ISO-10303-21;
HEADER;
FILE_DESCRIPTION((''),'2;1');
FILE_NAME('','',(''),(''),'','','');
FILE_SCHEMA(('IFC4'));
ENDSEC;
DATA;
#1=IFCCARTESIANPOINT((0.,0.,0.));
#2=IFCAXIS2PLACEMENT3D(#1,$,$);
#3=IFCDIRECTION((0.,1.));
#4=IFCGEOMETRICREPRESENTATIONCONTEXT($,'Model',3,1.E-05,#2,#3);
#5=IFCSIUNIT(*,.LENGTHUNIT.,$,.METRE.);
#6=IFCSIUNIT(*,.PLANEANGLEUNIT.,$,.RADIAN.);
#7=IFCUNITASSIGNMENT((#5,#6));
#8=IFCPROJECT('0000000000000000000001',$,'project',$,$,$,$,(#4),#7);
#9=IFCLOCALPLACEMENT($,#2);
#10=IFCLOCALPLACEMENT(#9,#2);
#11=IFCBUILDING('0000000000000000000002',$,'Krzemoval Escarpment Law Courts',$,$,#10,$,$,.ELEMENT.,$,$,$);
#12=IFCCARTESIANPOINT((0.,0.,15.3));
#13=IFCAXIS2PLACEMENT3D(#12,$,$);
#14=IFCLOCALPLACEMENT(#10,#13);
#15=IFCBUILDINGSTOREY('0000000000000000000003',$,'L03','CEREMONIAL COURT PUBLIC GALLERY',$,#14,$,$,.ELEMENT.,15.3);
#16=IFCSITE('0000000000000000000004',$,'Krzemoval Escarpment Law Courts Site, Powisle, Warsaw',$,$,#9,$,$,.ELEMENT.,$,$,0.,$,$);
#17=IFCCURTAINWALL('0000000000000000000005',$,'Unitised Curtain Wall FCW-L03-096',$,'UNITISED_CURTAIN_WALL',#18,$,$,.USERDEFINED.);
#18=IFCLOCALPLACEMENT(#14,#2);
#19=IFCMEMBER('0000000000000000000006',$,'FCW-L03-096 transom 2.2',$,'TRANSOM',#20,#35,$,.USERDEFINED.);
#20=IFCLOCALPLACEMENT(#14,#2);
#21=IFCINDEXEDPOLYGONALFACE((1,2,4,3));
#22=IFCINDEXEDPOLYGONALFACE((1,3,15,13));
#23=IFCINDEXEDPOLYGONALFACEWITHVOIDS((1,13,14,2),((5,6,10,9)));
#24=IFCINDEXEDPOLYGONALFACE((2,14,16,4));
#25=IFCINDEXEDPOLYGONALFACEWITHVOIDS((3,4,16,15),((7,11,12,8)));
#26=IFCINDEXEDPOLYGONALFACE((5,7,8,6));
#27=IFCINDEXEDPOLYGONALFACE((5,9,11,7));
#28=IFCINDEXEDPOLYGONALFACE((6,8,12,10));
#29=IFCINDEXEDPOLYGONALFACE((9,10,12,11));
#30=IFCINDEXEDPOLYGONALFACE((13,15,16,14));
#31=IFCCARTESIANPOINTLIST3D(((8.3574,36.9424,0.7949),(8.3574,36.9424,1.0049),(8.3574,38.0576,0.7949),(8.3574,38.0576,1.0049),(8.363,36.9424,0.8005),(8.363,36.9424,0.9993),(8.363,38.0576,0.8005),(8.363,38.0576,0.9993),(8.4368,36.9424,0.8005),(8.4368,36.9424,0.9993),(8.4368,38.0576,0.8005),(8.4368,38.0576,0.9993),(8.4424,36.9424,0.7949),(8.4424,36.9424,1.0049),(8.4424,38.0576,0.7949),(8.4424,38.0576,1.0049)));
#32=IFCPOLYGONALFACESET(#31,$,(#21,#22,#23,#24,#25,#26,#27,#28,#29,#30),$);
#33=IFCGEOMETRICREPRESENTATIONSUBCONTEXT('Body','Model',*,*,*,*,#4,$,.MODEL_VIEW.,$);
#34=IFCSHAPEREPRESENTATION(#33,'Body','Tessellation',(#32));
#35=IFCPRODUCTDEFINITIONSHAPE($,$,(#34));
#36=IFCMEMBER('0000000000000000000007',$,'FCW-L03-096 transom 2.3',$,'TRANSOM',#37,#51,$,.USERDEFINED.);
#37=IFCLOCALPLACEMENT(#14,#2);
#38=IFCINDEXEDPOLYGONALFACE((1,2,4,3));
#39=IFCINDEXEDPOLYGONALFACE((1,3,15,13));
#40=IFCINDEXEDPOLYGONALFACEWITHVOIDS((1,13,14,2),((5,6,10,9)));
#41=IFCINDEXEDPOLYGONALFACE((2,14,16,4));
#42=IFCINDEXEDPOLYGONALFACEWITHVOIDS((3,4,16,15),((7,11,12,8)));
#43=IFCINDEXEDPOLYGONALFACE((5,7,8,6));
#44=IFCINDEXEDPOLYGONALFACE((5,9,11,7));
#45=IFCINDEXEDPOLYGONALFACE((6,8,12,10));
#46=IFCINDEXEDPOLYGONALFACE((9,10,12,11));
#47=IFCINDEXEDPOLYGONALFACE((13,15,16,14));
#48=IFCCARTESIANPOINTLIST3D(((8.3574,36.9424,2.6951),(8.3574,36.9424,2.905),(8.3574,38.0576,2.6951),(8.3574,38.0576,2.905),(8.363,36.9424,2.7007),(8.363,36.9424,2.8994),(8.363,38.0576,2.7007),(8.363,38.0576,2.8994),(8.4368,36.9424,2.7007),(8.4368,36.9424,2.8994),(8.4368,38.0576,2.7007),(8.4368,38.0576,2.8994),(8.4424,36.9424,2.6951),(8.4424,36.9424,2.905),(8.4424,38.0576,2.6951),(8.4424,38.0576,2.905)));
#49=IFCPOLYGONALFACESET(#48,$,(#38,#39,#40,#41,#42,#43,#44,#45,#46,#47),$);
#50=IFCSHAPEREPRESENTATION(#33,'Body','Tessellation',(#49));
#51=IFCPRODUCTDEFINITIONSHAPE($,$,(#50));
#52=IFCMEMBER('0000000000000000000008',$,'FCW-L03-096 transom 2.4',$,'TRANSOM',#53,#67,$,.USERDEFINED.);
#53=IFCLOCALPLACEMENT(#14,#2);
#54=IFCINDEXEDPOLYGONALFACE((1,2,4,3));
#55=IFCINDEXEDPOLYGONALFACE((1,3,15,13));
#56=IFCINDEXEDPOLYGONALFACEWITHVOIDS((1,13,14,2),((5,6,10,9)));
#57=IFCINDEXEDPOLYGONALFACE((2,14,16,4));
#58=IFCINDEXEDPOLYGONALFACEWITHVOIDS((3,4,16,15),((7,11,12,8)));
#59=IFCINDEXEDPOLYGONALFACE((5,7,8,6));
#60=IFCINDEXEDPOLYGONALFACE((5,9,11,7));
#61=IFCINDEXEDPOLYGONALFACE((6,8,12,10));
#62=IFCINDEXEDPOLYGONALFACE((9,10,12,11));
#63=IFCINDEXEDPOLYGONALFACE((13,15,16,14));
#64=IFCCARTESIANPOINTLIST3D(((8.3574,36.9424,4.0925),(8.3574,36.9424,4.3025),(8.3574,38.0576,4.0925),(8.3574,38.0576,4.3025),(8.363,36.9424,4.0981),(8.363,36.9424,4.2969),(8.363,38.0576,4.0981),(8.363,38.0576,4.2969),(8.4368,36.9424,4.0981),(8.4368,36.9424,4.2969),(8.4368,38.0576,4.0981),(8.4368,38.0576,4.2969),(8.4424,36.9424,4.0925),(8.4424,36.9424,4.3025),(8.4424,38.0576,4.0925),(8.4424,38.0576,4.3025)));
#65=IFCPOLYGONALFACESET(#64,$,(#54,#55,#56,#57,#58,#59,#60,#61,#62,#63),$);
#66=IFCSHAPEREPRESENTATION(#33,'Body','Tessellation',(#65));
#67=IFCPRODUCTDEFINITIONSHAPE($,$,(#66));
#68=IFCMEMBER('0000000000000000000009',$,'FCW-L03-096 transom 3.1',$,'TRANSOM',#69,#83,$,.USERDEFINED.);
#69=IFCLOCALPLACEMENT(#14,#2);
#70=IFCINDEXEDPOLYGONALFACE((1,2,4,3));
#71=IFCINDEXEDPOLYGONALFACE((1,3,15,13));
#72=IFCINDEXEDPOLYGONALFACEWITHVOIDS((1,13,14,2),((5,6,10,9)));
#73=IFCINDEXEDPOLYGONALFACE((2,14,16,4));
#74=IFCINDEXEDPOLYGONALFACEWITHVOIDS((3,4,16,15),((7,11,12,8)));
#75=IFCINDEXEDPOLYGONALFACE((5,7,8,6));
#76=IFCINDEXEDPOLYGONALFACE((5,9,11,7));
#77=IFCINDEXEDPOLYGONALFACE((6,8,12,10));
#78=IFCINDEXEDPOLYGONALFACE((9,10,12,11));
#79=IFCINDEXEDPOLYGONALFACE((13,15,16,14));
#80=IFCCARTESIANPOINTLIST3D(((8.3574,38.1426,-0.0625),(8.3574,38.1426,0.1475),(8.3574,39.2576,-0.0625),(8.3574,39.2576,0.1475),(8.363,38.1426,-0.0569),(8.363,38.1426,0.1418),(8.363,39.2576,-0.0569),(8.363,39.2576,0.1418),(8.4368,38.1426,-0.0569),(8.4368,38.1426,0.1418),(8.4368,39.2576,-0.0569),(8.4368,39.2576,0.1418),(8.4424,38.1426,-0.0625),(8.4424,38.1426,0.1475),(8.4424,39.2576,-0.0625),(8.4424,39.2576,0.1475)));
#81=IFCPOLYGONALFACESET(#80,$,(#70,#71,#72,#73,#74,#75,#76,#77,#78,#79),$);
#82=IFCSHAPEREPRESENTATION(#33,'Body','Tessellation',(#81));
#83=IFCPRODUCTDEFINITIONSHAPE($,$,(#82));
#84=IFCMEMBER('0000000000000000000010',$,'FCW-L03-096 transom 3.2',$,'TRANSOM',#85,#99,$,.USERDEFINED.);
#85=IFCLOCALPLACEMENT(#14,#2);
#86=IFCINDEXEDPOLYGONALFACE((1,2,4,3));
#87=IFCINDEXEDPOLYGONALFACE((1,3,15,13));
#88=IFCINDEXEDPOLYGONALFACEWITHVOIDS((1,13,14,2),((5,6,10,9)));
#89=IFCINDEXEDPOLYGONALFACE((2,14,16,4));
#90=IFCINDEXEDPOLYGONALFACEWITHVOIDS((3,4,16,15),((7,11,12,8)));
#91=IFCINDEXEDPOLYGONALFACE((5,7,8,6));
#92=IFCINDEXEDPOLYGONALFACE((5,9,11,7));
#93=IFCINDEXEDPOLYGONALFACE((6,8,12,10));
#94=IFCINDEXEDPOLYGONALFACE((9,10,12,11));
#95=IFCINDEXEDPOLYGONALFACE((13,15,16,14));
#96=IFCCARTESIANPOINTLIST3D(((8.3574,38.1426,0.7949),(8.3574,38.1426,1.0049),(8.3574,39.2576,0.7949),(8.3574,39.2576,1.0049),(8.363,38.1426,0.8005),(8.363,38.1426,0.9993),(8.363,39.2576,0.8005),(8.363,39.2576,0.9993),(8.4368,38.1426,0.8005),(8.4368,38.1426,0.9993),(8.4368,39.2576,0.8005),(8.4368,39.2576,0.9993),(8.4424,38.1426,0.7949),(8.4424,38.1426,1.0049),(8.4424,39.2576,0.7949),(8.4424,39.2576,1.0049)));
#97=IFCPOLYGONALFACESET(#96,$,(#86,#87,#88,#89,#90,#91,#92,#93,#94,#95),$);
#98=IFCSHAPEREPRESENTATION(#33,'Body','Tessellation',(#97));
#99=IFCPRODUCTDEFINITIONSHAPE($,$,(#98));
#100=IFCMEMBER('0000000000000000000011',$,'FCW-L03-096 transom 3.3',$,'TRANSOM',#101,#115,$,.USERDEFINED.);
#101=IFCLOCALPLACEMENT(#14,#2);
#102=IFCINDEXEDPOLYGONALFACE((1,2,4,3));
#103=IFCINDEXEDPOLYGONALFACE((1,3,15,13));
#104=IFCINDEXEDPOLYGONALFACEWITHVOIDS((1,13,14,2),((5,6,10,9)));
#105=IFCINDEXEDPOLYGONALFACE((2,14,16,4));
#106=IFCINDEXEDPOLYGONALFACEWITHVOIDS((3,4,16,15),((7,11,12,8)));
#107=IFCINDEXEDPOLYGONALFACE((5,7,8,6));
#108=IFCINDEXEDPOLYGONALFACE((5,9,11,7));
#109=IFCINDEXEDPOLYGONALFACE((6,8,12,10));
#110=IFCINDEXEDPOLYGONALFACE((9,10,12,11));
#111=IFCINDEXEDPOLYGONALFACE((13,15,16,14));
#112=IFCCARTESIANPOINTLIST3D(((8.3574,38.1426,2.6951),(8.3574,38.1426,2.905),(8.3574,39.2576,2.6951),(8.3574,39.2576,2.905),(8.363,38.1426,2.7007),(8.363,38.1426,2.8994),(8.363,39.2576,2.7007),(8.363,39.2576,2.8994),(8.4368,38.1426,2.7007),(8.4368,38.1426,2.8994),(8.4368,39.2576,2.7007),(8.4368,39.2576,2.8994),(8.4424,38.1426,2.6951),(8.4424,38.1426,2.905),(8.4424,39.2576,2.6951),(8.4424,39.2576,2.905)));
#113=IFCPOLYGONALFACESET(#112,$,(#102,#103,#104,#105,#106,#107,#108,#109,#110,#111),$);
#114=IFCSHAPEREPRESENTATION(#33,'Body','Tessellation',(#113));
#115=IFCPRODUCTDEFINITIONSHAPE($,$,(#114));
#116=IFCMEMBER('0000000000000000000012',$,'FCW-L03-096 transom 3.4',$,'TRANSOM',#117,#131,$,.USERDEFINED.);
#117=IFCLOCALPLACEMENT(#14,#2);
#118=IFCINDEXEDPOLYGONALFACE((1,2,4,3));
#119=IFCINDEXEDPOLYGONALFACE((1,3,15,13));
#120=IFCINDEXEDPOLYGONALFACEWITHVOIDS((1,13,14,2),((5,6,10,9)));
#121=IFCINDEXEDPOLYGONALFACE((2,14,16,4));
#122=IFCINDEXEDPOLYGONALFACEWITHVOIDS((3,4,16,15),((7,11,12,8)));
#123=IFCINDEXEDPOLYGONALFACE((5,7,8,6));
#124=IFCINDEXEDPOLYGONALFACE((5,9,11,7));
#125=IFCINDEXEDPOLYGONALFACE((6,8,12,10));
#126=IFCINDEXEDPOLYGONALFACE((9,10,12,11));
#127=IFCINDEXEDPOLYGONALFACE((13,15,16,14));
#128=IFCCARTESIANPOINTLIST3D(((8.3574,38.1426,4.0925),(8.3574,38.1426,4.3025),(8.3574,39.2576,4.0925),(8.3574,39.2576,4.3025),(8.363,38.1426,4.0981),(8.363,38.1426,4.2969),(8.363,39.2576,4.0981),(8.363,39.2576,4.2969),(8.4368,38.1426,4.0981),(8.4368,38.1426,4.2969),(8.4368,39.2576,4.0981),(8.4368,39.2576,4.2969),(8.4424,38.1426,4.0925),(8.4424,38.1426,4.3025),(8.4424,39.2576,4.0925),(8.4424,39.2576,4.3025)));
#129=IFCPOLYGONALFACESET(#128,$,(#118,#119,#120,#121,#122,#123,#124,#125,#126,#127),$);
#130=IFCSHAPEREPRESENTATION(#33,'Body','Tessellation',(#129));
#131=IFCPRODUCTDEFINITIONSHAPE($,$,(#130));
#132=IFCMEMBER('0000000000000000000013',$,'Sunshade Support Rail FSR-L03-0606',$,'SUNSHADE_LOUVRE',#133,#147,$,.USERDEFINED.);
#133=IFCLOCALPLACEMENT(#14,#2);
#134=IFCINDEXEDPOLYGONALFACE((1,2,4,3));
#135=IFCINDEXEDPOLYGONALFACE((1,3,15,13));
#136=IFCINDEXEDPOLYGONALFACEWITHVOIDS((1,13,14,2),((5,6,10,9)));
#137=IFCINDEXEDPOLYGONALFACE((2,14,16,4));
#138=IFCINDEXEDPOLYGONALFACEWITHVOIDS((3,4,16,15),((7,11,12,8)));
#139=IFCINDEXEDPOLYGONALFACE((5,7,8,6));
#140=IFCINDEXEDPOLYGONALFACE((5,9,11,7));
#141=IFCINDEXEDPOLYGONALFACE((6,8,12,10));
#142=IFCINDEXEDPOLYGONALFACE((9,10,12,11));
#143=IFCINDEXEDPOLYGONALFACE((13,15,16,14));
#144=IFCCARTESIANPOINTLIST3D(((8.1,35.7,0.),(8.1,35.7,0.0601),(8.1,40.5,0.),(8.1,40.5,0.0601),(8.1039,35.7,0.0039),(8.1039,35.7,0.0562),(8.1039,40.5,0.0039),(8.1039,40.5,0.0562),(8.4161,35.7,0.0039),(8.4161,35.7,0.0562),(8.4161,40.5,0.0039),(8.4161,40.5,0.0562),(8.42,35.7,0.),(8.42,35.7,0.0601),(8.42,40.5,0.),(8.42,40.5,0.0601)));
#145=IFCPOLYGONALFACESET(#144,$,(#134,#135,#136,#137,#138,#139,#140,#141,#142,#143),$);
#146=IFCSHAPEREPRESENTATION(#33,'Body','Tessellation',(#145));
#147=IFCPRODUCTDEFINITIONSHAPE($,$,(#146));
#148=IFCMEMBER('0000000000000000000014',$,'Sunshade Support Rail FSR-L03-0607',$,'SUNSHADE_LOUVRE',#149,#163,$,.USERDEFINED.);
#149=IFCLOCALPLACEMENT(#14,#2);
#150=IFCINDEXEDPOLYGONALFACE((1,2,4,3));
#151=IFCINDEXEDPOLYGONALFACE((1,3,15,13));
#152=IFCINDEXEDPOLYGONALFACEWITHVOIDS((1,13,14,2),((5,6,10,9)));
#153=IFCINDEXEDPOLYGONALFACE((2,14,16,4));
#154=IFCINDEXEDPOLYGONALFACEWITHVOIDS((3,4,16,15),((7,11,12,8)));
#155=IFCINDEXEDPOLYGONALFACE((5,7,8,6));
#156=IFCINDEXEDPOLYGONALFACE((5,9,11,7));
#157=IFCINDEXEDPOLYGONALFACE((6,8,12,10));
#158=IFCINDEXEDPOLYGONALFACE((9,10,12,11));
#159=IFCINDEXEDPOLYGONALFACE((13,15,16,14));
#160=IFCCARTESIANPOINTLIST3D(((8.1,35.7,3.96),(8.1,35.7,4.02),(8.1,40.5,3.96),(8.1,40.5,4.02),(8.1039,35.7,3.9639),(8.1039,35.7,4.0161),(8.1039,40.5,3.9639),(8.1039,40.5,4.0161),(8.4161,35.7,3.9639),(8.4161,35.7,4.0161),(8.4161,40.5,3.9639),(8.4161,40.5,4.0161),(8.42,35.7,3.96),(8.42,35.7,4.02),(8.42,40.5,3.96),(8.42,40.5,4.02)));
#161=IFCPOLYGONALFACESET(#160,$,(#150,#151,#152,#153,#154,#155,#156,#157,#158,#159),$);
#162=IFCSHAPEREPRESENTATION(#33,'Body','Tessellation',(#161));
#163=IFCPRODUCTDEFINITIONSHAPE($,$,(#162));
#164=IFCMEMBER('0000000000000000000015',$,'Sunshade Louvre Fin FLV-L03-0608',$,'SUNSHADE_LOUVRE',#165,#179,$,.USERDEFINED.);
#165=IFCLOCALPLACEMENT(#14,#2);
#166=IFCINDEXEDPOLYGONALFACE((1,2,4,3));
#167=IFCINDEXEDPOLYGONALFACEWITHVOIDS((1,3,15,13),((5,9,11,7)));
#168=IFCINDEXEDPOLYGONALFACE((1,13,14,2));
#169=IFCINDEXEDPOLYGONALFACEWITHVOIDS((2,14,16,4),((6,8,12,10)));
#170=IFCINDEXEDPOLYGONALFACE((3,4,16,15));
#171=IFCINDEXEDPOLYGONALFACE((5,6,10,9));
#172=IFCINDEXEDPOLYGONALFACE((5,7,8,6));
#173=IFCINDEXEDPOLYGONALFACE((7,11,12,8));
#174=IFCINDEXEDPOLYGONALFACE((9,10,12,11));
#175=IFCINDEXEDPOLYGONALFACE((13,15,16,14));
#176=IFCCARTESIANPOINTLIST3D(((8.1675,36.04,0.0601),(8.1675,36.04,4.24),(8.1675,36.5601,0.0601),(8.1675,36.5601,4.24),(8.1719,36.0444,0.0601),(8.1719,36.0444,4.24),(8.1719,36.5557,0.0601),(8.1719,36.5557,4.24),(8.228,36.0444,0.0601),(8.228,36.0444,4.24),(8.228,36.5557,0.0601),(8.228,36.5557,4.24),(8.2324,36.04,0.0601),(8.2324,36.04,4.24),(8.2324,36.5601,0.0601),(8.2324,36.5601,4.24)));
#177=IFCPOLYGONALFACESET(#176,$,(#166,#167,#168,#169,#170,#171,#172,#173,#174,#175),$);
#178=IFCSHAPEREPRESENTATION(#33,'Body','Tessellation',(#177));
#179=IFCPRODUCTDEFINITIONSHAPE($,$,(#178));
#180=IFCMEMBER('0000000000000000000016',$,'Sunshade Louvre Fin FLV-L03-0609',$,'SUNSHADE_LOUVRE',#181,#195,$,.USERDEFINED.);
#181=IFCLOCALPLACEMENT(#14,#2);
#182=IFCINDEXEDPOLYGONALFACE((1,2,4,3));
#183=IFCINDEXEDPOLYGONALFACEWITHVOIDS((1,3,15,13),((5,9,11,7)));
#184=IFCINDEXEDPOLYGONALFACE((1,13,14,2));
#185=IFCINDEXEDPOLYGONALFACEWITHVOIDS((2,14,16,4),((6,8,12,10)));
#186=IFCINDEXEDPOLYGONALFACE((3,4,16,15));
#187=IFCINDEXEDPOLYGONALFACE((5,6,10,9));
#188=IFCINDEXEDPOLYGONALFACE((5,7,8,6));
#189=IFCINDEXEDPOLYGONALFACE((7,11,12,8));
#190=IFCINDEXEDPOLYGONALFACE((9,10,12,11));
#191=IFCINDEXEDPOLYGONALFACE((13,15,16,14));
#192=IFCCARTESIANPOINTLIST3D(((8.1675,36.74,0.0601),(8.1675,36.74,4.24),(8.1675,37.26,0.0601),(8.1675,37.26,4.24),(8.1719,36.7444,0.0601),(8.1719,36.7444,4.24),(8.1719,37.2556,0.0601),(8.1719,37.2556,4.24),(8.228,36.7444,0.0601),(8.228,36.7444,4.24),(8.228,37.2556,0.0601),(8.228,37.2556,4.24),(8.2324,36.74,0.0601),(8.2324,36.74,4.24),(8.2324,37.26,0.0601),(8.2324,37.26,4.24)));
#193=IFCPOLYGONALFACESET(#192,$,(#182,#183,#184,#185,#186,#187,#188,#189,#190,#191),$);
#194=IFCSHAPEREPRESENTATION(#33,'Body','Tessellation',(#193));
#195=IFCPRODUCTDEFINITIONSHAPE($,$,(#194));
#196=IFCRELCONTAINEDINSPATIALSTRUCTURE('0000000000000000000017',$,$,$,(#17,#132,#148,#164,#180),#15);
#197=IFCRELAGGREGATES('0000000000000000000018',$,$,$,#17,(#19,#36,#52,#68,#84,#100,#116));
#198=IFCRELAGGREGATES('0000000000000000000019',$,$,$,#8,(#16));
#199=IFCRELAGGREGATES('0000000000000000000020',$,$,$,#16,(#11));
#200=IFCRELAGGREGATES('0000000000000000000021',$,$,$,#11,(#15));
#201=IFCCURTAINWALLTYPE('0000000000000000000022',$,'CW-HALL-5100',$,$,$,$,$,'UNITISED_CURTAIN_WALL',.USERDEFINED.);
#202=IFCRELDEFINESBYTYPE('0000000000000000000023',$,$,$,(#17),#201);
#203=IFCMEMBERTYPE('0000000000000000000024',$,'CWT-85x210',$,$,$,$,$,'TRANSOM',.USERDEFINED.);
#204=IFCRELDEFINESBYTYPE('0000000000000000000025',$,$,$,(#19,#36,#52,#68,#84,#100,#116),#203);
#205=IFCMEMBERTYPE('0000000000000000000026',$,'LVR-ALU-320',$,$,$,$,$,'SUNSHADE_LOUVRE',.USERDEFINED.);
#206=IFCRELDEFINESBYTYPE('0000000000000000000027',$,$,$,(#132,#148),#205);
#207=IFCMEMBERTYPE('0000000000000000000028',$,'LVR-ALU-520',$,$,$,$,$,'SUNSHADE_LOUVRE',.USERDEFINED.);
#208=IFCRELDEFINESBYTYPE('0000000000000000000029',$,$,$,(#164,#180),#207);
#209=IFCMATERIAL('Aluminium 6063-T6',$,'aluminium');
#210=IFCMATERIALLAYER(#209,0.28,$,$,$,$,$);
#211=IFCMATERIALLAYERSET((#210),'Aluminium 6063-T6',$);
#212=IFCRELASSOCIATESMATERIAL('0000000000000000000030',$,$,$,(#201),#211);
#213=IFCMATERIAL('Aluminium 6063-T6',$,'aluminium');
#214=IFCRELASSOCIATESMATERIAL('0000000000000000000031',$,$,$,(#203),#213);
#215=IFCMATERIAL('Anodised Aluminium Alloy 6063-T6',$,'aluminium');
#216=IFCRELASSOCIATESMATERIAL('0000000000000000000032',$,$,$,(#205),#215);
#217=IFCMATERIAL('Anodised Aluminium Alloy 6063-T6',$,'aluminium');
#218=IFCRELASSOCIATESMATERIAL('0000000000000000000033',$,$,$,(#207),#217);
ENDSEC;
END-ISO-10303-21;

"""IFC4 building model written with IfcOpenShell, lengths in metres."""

from ifc_helpers import new_model, si_unit, direction, frame, origin, origin_2d, place, context, subcontext, project, spatial, hollow_rectangle, extrude, material, layer, layer_set, material_profile, profile_set, type_object, element, aggregate, save


model = new_model("IFC4")

# Units and contexts
model_context = context("Model", 3, precision=1e-05, world=origin(), true_north=direction((0.0, 1.0)))
body_context = subcontext(model_context, "Body", "Model", "MODEL_VIEW")
ifc_project = project(units=[si_unit("LENGTHUNIT", "METRE"), si_unit("PLANEANGLEUNIT", "RADIAN")], contexts=[model_context])

# Site, building, storey
site_placement = place(None, origin())
site = spatial("IfcSite", under=ifc_project, at=site_placement, Name="Krzemoval Escarpment Law Courts Site, Powisle, Warsaw", CompositionType="ELEMENT", RefElevation=0.0)
building_placement = place(site_placement, origin())
building = spatial("IfcBuilding", under=site, at=building_placement, Name="Krzemoval Escarpment Law Courts", CompositionType="ELEMENT")
storey_placement = place(building_placement, frame((0.0, 0.0, 15.3)))
storey = spatial("IfcBuildingStorey", under=building, at=storey_placement, Name="L03", Description="CEREMONIAL COURT PUBLIC GALLERY", CompositionType="ELEMENT", Elevation=15.3)

# Curtain wall, members
ifc_material_1 = material(Name="Aluminium 6063-T6", Category="aluminium")
ifc_layer_1 = layer(ifc_material_1, 0.28)
ifc_layer_set_1 = layer_set([ifc_layer_1], Name="Aluminium 6063-T6")
curtain_wall_type = type_object("IfcCurtainWallType", Name="CW-HALL-5100", ElementType="UNITISED_CURTAIN_WALL", PredefinedType="USERDEFINED", material=ifc_layer_set_1)
curtain_wall_placement = place(storey_placement, origin())
curtain_wall = element("IfcCurtainWall", 1, at=curtain_wall_placement, inside=storey, type_object=curtain_wall_type, Name="Unitised Curtain Wall FCW-L03-096", ObjectType="UNITISED_CURTAIN_WALL", PredefinedType="USERDEFINED")
ifc_material_2 = material(Name="Aluminium 6063-T6", Category="aluminium")
ifc_material_profile_1 = material_profile(ifc_material_2, hollow_rectangle(XDim=0.085, YDim=0.21, WallThickness=0.0056, at=origin_2d()), Name="ALU T85x210")
ifc_profile_set_1 = profile_set([ifc_material_profile_1], Name="Aluminium 6063-T6")
member_type_1 = type_object("IfcMemberType", Name="CWT-85x210", ElementType="TRANSOM", PredefinedType="USERDEFINED", material=ifc_profile_set_1)
member_1_placement = place(storey_placement, frame((8.3999, 36.9424, 0.8999), z_axis=(0.0, 1.0, 0.0), x_axis=(-1.0, 0.0, 0.0)))
member_1 = element("IfcMember", 2, at=member_1_placement, type_object=member_type_1, Name="FCW-L03-096 transom 2.2", ObjectType="TRANSOM", PredefinedType="USERDEFINED", context=body_context, shape_type="SweptSolid", body=[
    extrude(hollow_rectangle(XDim=0.085, YDim=0.21, WallThickness=0.0056, at=origin_2d()), origin(), (0.0, 0.0, 1.0), 1.1152),
])
member_2_placement = place(storey_placement, frame((8.3999, 36.9424, 2.8), z_axis=(0.0, 1.0, 0.0), x_axis=(-1.0, 0.0, 0.0)))
member_2 = element("IfcMember", 3, at=member_2_placement, type_object=member_type_1, Name="FCW-L03-096 transom 2.3", ObjectType="TRANSOM", PredefinedType="USERDEFINED", context=body_context, shape_type="SweptSolid", body=[
    extrude(hollow_rectangle(XDim=0.085, YDim=0.21, WallThickness=0.0056, at=origin_2d()), origin(), (0.0, 0.0, 1.0), 1.1152),
])
member_3_placement = place(storey_placement, frame((8.3999, 36.9424, 4.1975), z_axis=(0.0, 1.0, 0.0), x_axis=(-1.0, 0.0, 0.0)))
member_3 = element("IfcMember", 4, at=member_3_placement, type_object=member_type_1, Name="FCW-L03-096 transom 2.4", ObjectType="TRANSOM", PredefinedType="USERDEFINED", context=body_context, shape_type="SweptSolid", body=[
    extrude(hollow_rectangle(XDim=0.085, YDim=0.21, WallThickness=0.0056, at=origin_2d()), origin(), (0.0, 0.0, 1.0), 1.1152),
])
member_4_placement = place(storey_placement, frame((8.3999, 38.1426, 0.0425), z_axis=(0.0, 1.0, 0.0), x_axis=(-1.0, 0.0, 0.0)))
member_4 = element("IfcMember", 5, at=member_4_placement, type_object=member_type_1, Name="FCW-L03-096 transom 3.1", ObjectType="TRANSOM", PredefinedType="USERDEFINED", context=body_context, shape_type="SweptSolid", body=[
    extrude(hollow_rectangle(XDim=0.085, YDim=0.21, WallThickness=0.0056, at=origin_2d()), origin(), (0.0, 0.0, 1.0), 1.115),
])
member_5_placement = place(storey_placement, frame((8.3999, 38.1426, 0.8999), z_axis=(0.0, 1.0, 0.0), x_axis=(-1.0, 0.0, 0.0)))
member_5 = element("IfcMember", 6, at=member_5_placement, type_object=member_type_1, Name="FCW-L03-096 transom 3.2", ObjectType="TRANSOM", PredefinedType="USERDEFINED", context=body_context, shape_type="SweptSolid", body=[
    extrude(hollow_rectangle(XDim=0.085, YDim=0.21, WallThickness=0.0056, at=origin_2d()), origin(), (0.0, 0.0, 1.0), 1.115),
])
member_6_placement = place(storey_placement, frame((8.3999, 38.1426, 2.8), z_axis=(0.0, 1.0, 0.0), x_axis=(-1.0, 0.0, 0.0)))
member_6 = element("IfcMember", 7, at=member_6_placement, type_object=member_type_1, Name="FCW-L03-096 transom 3.3", ObjectType="TRANSOM", PredefinedType="USERDEFINED", context=body_context, shape_type="SweptSolid", body=[
    extrude(hollow_rectangle(XDim=0.085, YDim=0.21, WallThickness=0.0056, at=origin_2d()), origin(), (0.0, 0.0, 1.0), 1.115),
])
member_7_placement = place(storey_placement, frame((8.3999, 38.1426, 4.1975), z_axis=(0.0, 1.0, 0.0), x_axis=(-1.0, 0.0, 0.0)))
member_7 = element("IfcMember", 8, at=member_7_placement, type_object=member_type_1, Name="FCW-L03-096 transom 3.4", ObjectType="TRANSOM", PredefinedType="USERDEFINED", context=body_context, shape_type="SweptSolid", body=[
    extrude(hollow_rectangle(XDim=0.085, YDim=0.21, WallThickness=0.0056, at=origin_2d()), origin(), (0.0, 0.0, 1.0), 1.115),
])

# Members
ifc_material_3 = material(Name="Anodised Aluminium Alloy 6063-T6", Category="aluminium")
ifc_material_profile_2 = material_profile(ifc_material_3, hollow_rectangle(XDim=0.0601, YDim=0.3201, WallThickness=0.0039, at=origin_2d()), Name="ALU LVR 60x320")
ifc_profile_set_2 = profile_set([ifc_material_profile_2], Name="Anodised Aluminium Alloy 6063-T6")
member_type_2 = type_object("IfcMemberType", Name="LVR-ALU-320", ElementType="SUNSHADE_LOUVRE", PredefinedType="USERDEFINED", material=ifc_profile_set_2)
for number, where, z_axis, x_axis, name in (
    (9, (8.26, 35.7, 0.03), (0.0, 1.0, 0.0), (0.0, 0.0, 1.0), "Sunshade Support Rail FSR-L03-0606"),
    (10, (8.26, 35.7, 3.99), (0.0, 1.0, 0.0), (0.0, 0.0, 1.0), "Sunshade Support Rail FSR-L03-0607"),
):
    element("IfcMember", number, at=place(storey_placement, frame(where, z_axis=z_axis, x_axis=x_axis)), inside=storey, type_object=member_type_2, Name=name, ObjectType="SUNSHADE_LOUVRE", PredefinedType="USERDEFINED", context=body_context, shape_type="SweptSolid", body=[
        extrude(hollow_rectangle(XDim=0.0601, YDim=0.3201, WallThickness=0.0039, at=origin_2d()), origin(), (0.0, 0.0, 1.0), 4.8),
    ])
ifc_material_4 = material(Name="Anodised Aluminium Alloy 6063-T6", Category="aluminium")
ifc_material_profile_3 = material_profile(ifc_material_4, hollow_rectangle(XDim=0.0649, YDim=0.52, WallThickness=0.0044, at=origin_2d()), Name="ALU LVR 65x520")
ifc_profile_set_3 = profile_set([ifc_material_profile_3], Name="Anodised Aluminium Alloy 6063-T6")
member_type_3 = type_object("IfcMemberType", Name="LVR-ALU-520", ElementType="SUNSHADE_LOUVRE", PredefinedType="USERDEFINED", material=ifc_profile_set_3)
for number, where, z_axis, x_axis, name in (
    (11, (8.2, 36.3, 0.0601), (0.0, 0.0, 1.0), (1.0, 0.0, 0.0), "Sunshade Louvre Fin FLV-L03-0608"),
    (12, (8.2, 37.0, 0.0601), (0.0, 0.0, 1.0), (1.0, 0.0, 0.0), "Sunshade Louvre Fin FLV-L03-0609"),
):
    element("IfcMember", number, at=place(storey_placement, frame(where, z_axis=z_axis, x_axis=x_axis)), inside=storey, type_object=member_type_3, Name=name, ObjectType="SUNSHADE_LOUVRE", PredefinedType="USERDEFINED", context=body_context, shape_type="SweptSolid", body=[
        extrude(hollow_rectangle(XDim=0.0649, YDim=0.52, WallThickness=0.0044, at=origin_2d()), origin(), (0.0, 0.0, 1.0), 4.1799),
    ])

aggregate(curtain_wall, [member_1, member_2, member_3, member_4, member_5, member_6, member_7])

save(model, "model.ifc")
